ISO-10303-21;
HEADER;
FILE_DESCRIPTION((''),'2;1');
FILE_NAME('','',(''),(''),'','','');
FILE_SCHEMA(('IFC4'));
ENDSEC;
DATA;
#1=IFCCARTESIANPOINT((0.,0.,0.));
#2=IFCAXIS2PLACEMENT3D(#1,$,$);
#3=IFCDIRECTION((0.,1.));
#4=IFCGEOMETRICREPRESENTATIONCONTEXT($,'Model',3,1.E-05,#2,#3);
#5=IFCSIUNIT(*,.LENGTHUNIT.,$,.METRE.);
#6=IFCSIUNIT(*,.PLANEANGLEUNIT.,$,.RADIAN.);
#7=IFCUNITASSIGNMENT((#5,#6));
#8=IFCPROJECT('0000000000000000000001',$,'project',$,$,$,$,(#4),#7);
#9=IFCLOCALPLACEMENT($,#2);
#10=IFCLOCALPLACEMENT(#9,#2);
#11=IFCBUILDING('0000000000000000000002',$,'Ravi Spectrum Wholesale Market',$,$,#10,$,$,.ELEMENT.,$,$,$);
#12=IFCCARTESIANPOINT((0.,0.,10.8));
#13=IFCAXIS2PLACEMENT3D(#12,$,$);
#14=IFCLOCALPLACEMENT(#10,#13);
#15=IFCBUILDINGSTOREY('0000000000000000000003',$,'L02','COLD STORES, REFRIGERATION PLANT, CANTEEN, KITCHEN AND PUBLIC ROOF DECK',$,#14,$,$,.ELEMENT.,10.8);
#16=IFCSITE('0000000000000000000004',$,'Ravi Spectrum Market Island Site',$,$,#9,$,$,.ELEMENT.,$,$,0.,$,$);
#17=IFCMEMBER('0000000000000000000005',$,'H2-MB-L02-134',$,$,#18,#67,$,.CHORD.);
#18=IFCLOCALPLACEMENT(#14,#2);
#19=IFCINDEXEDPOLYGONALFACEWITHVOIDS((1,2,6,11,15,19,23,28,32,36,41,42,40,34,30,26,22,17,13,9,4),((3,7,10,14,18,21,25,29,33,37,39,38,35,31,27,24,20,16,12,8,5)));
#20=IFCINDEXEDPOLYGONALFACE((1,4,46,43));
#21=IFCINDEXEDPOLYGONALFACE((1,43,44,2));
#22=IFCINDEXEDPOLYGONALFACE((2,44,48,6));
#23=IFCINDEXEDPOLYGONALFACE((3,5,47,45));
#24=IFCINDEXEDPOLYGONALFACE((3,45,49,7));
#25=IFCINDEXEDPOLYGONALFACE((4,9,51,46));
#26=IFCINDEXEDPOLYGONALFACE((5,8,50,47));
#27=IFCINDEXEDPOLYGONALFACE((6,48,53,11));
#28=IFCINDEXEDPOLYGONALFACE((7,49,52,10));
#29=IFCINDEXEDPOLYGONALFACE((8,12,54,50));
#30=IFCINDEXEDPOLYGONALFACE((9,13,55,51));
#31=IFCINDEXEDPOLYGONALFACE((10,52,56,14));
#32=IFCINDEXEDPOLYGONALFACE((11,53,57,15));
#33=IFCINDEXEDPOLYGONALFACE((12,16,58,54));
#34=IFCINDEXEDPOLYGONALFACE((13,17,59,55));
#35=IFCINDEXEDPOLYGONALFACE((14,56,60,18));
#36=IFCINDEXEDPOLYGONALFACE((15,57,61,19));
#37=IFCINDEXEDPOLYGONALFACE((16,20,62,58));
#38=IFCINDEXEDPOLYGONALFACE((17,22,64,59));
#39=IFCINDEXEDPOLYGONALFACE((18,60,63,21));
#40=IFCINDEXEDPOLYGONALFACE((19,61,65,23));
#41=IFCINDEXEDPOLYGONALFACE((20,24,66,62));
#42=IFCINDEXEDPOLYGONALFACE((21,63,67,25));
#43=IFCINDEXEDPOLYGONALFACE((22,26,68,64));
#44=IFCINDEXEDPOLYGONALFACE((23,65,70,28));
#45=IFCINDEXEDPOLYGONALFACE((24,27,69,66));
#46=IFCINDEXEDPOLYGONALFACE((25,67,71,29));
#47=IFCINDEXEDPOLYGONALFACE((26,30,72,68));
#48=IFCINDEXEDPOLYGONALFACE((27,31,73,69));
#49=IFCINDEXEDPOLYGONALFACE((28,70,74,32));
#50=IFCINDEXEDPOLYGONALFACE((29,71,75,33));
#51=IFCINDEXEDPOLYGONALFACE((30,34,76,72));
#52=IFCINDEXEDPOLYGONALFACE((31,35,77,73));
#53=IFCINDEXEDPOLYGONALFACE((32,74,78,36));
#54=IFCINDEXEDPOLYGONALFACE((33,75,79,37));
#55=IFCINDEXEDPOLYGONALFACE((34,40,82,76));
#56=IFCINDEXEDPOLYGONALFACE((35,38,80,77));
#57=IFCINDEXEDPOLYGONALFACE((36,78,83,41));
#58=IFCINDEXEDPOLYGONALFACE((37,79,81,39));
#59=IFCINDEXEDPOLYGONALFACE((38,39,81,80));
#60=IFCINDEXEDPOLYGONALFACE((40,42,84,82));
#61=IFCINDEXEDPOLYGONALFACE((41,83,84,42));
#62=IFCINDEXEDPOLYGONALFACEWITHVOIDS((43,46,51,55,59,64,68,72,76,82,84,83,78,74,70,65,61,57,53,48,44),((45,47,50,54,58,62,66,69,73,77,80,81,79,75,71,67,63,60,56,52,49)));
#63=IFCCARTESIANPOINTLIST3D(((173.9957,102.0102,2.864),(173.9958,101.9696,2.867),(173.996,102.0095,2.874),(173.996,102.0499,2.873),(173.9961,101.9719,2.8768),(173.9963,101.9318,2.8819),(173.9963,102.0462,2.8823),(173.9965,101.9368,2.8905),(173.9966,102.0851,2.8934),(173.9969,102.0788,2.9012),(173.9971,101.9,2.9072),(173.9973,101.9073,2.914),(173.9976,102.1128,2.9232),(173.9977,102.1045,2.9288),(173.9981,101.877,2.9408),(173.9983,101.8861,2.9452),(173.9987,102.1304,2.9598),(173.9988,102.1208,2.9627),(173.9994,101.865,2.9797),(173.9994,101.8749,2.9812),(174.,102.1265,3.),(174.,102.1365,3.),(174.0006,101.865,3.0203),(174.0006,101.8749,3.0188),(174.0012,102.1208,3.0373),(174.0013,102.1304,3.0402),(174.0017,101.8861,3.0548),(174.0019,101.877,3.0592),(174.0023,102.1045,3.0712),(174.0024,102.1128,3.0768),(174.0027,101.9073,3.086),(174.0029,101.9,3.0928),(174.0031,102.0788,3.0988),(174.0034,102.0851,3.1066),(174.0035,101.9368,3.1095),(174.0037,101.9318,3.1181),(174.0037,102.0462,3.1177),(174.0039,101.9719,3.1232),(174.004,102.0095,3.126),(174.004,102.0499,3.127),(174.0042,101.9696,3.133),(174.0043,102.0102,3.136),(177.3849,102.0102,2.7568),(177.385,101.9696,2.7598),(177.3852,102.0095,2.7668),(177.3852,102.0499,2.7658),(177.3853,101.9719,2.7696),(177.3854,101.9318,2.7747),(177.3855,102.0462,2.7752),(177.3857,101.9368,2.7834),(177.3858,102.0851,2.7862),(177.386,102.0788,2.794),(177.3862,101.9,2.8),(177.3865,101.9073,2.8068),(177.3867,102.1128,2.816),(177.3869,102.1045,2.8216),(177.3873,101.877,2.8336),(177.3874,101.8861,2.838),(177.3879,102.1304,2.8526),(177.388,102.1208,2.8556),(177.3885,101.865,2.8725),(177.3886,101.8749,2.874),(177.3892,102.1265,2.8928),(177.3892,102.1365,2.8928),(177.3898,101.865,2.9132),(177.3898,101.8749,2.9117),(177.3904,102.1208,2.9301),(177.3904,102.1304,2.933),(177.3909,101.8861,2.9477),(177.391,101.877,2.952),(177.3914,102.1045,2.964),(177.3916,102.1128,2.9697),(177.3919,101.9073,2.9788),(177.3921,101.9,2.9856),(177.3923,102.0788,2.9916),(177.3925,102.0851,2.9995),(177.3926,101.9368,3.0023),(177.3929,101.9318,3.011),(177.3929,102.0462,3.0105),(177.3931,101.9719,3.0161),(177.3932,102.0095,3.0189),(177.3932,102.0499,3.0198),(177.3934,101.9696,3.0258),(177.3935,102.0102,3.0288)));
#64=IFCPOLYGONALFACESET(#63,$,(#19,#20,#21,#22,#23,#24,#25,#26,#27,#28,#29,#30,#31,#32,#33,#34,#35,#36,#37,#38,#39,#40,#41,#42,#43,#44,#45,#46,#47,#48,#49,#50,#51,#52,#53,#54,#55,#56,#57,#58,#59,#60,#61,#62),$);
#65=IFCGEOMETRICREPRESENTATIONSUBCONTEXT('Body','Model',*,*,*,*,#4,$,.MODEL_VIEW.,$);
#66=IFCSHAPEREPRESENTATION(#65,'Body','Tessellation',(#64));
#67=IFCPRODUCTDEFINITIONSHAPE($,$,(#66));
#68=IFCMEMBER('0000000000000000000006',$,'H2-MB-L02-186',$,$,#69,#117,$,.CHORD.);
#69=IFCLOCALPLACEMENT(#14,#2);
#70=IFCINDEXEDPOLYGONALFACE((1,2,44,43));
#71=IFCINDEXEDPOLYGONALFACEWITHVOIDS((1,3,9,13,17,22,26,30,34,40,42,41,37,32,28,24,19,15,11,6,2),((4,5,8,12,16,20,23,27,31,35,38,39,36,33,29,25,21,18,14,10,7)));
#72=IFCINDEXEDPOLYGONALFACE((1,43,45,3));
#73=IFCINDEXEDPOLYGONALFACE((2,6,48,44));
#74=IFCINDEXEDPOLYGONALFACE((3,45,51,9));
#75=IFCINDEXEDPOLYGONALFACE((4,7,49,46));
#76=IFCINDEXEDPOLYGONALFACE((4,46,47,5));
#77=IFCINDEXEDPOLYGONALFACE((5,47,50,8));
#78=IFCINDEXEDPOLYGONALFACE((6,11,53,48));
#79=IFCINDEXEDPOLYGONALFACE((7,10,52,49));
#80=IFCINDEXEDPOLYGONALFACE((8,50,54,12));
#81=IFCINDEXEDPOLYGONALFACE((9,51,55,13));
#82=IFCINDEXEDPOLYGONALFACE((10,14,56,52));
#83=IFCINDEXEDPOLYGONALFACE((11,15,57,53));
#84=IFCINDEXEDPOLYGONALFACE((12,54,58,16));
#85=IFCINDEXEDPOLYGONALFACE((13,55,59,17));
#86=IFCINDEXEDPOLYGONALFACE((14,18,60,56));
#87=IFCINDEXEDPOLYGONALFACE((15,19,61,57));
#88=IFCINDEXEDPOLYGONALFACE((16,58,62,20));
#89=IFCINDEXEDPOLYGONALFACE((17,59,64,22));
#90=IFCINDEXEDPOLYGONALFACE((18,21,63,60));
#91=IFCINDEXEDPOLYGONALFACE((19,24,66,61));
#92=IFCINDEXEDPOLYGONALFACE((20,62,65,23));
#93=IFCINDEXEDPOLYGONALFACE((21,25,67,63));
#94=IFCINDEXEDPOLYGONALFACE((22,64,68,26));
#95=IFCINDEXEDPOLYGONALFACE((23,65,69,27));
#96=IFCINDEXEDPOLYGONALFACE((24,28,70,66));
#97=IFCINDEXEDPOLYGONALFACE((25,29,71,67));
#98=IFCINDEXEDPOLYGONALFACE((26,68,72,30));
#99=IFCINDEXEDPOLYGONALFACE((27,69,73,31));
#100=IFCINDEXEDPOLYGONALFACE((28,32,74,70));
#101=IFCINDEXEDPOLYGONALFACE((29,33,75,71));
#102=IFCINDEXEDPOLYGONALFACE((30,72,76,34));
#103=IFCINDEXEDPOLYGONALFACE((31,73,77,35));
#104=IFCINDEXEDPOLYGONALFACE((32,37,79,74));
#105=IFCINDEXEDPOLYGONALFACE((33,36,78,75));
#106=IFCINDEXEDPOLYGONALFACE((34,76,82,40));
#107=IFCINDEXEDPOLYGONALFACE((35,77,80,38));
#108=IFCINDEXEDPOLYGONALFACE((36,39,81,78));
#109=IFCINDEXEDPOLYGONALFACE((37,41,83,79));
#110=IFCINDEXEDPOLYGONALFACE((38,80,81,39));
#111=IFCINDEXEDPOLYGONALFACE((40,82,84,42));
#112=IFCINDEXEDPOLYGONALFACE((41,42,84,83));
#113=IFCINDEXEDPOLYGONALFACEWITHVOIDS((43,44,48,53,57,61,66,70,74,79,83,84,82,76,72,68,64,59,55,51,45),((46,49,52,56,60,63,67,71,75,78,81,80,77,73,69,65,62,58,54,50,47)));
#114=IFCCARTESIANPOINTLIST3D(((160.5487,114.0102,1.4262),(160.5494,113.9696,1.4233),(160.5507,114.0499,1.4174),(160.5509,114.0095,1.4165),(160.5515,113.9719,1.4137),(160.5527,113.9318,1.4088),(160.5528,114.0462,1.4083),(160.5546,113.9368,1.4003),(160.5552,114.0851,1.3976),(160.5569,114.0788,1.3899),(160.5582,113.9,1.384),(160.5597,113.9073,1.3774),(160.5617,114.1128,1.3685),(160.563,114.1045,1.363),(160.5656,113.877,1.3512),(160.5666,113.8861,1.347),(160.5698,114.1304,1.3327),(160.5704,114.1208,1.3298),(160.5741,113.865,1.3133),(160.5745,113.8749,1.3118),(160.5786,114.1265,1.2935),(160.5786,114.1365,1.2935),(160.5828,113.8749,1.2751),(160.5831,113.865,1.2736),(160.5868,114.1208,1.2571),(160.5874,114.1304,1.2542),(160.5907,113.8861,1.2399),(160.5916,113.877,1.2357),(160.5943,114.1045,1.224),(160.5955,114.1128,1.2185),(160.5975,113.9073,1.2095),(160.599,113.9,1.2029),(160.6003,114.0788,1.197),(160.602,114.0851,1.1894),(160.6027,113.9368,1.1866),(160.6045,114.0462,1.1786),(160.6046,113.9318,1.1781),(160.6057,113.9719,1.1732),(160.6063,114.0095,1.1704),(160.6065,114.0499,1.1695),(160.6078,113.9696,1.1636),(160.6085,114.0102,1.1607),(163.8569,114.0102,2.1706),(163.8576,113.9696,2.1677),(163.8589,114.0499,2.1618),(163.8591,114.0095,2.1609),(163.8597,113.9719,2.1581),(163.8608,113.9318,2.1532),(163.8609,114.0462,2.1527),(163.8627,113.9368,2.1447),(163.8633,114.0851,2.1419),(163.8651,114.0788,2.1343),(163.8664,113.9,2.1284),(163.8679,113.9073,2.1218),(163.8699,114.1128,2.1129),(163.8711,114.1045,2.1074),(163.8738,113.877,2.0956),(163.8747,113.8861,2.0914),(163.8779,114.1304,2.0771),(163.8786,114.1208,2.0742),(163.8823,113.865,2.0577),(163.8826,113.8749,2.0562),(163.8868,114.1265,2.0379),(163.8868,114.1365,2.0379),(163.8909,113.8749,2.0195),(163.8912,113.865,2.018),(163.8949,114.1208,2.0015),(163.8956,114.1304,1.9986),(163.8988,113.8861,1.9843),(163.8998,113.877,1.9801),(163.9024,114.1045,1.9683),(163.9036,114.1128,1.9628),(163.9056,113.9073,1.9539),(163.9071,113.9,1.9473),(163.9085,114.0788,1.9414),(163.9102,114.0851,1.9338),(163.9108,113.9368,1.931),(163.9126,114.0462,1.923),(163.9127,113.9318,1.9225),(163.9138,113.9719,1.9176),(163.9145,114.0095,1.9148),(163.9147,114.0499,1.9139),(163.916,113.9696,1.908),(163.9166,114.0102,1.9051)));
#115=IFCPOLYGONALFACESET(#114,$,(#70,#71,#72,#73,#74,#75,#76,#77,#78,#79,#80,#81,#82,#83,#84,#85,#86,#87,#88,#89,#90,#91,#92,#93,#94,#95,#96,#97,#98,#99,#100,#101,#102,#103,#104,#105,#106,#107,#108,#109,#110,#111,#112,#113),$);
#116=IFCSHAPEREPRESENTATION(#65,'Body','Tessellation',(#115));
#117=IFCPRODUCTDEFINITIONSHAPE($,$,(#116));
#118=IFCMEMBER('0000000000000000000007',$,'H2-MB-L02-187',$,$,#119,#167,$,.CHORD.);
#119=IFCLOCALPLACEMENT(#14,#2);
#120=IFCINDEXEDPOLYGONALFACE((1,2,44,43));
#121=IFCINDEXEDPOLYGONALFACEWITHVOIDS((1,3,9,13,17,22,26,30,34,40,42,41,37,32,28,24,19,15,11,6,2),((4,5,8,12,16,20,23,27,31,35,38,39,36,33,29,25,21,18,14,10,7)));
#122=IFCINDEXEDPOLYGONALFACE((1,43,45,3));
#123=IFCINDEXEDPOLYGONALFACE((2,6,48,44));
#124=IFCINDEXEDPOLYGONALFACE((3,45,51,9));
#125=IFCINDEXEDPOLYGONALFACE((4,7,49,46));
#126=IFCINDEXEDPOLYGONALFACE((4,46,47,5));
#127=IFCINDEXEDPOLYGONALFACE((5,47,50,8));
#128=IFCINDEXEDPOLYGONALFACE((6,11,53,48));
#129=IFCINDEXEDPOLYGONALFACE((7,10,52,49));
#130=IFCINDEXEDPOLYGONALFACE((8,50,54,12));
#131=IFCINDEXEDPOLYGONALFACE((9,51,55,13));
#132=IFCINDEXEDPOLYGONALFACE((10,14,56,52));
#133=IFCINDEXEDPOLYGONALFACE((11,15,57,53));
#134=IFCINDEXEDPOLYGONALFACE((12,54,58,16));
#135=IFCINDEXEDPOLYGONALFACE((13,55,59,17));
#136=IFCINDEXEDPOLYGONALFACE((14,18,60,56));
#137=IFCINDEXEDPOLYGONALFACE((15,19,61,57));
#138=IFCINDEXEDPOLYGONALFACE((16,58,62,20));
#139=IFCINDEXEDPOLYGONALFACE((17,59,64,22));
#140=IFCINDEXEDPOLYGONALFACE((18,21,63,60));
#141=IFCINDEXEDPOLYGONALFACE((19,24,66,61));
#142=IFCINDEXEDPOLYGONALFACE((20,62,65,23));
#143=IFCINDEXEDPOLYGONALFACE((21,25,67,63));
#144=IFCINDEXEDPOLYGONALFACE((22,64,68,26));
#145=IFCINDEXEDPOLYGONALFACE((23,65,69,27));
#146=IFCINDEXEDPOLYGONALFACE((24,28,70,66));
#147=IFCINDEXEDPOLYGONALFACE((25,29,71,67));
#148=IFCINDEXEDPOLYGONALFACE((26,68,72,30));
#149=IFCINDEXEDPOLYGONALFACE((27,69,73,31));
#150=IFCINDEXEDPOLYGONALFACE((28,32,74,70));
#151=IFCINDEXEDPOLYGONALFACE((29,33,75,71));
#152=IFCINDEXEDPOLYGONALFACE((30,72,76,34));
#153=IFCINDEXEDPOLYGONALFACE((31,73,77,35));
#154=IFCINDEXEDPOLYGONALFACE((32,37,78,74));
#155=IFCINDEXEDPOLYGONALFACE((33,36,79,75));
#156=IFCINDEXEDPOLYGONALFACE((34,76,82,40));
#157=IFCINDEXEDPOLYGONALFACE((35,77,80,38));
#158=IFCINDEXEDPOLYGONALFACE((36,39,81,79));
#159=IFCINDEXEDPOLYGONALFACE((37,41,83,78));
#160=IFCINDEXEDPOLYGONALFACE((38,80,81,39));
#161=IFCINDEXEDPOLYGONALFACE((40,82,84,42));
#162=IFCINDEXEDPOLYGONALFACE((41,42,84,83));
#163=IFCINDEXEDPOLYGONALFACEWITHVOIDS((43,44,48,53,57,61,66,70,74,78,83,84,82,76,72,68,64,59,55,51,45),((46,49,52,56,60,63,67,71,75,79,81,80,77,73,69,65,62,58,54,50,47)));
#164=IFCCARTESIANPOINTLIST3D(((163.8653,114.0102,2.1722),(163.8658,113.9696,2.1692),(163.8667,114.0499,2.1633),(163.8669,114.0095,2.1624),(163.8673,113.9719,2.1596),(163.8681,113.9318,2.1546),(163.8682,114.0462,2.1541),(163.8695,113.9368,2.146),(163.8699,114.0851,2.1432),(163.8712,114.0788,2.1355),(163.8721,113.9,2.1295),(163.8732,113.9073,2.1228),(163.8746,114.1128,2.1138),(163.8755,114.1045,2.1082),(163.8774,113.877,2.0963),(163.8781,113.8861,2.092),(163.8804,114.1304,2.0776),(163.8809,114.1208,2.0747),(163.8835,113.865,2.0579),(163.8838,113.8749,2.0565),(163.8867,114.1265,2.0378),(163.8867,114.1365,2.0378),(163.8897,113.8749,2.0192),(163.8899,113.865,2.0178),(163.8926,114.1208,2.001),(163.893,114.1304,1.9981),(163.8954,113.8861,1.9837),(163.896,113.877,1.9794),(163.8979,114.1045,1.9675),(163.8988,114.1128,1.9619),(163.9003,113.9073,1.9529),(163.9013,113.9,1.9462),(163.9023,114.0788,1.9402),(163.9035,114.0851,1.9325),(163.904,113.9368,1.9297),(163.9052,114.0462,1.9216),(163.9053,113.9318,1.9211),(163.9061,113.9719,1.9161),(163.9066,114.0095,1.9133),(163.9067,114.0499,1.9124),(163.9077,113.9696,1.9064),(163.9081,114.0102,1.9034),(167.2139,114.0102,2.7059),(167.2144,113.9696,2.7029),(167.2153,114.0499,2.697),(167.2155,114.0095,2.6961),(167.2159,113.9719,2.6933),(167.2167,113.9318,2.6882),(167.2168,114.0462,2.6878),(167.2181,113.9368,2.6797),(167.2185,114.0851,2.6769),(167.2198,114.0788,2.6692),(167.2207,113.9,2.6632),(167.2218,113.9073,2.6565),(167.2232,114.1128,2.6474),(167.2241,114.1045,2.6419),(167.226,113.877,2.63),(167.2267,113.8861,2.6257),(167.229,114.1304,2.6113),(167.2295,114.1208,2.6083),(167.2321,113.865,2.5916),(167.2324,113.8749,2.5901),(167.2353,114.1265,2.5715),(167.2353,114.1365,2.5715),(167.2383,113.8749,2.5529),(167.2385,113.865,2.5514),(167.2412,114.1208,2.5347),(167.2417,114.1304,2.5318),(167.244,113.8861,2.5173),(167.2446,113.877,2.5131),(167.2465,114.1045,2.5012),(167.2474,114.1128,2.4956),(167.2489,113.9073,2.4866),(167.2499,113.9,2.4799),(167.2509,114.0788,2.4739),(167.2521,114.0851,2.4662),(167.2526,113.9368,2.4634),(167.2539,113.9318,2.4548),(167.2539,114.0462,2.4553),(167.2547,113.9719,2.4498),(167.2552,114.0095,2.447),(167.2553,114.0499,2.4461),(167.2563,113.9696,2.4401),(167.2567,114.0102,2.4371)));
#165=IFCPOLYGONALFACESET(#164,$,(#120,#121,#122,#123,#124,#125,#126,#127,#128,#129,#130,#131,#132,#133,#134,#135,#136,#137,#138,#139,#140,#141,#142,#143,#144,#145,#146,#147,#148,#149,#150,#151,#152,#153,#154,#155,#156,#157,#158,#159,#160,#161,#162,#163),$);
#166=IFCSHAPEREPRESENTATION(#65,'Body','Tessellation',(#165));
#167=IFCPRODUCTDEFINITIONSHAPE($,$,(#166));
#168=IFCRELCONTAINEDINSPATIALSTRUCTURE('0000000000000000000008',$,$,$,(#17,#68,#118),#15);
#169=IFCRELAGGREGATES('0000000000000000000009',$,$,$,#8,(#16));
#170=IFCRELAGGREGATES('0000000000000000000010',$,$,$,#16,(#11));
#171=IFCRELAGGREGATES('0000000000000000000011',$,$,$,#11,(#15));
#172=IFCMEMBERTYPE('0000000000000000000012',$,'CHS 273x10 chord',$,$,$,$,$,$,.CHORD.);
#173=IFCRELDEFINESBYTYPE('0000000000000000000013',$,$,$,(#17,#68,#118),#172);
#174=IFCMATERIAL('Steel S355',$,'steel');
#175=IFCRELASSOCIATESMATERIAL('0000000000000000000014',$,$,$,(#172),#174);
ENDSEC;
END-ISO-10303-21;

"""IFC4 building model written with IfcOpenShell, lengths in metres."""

from ifc_helpers import new_model, si_unit, direction, frame, origin, origin_2d, place, context, subcontext, project, spatial, hollow_circle, extrude, material, material_profile, profile_set, type_object, element, save


model = new_model("IFC4")

# Units and contexts
model_context = context("Model", 3, precision=1e-05, world=origin(), true_north=direction((0.0, 1.0)))
body_context = subcontext(model_context, "Body", "Model", "MODEL_VIEW")
ifc_project = project(units=[si_unit("LENGTHUNIT", "METRE"), si_unit("PLANEANGLEUNIT", "RADIAN")], contexts=[model_context])

# Site, building, storey
site_placement = place(None, origin())
site = spatial("IfcSite", under=ifc_project, at=site_placement, Name="Ravi Spectrum Market Island Site", CompositionType="ELEMENT", RefElevation=0.0)
building_placement = place(site_placement, origin())
building = spatial("IfcBuilding", under=site, at=building_placement, Name="Ravi Spectrum Wholesale Market", CompositionType="ELEMENT")
storey_placement = place(building_placement, frame((0.0, 0.0, 10.8)))
storey = spatial("IfcBuildingStorey", under=building, at=storey_placement, Name="L02", Description="COLD STORES, REFRIGERATION PLANT, CANTEEN, KITCHEN AND PUBLIC ROOF DECK", CompositionType="ELEMENT", Elevation=10.8)

# Members
ifc_material_1 = material(Name="Steel S355", Category="steel")
ifc_material_profile_1 = material_profile(ifc_material_1, hollow_circle(Radius=0.1365, WallThickness=0.01, at=origin_2d()))
ifc_profile_set_1 = profile_set([ifc_material_profile_1], Name="Steel S355")
member_type_1 = type_object("IfcMemberType", Name="CHS 273x10 chord", PredefinedType="CHORD", material=ifc_profile_set_1)
for number, where, z_axis, x_axis, name in (
    (1, (174.0, 102.0, 3.0), (0.9995, 0.0, -0.031608), (0.0, 1.0, 0.0), "H2-MB-L02-134"),
    (2, (160.5786, 114.0, 1.2935), (0.975606, 0.0, 0.219529), (0.0, 1.0, 0.0), "H2-MB-L02-186"),
    (3, (163.8867, 114.0, 2.0378), (0.987537, 0.0, 0.15739), (0.0, 1.0, 0.0), "H2-MB-L02-187"),
):
    element("IfcMember", number, at=place(storey_placement, frame(where, z_axis=z_axis, x_axis=x_axis)), inside=storey, type_object=member_type_1, Name=name, PredefinedType="CHORD", context=body_context, shape_type="SweptSolid", body=[
        extrude(hollow_circle(Radius=0.1365, WallThickness=0.01, at=origin_2d()), origin(), (0.0, 0.0, 1.0), 3.3909),
    ])

save(model, "model.ifc")
